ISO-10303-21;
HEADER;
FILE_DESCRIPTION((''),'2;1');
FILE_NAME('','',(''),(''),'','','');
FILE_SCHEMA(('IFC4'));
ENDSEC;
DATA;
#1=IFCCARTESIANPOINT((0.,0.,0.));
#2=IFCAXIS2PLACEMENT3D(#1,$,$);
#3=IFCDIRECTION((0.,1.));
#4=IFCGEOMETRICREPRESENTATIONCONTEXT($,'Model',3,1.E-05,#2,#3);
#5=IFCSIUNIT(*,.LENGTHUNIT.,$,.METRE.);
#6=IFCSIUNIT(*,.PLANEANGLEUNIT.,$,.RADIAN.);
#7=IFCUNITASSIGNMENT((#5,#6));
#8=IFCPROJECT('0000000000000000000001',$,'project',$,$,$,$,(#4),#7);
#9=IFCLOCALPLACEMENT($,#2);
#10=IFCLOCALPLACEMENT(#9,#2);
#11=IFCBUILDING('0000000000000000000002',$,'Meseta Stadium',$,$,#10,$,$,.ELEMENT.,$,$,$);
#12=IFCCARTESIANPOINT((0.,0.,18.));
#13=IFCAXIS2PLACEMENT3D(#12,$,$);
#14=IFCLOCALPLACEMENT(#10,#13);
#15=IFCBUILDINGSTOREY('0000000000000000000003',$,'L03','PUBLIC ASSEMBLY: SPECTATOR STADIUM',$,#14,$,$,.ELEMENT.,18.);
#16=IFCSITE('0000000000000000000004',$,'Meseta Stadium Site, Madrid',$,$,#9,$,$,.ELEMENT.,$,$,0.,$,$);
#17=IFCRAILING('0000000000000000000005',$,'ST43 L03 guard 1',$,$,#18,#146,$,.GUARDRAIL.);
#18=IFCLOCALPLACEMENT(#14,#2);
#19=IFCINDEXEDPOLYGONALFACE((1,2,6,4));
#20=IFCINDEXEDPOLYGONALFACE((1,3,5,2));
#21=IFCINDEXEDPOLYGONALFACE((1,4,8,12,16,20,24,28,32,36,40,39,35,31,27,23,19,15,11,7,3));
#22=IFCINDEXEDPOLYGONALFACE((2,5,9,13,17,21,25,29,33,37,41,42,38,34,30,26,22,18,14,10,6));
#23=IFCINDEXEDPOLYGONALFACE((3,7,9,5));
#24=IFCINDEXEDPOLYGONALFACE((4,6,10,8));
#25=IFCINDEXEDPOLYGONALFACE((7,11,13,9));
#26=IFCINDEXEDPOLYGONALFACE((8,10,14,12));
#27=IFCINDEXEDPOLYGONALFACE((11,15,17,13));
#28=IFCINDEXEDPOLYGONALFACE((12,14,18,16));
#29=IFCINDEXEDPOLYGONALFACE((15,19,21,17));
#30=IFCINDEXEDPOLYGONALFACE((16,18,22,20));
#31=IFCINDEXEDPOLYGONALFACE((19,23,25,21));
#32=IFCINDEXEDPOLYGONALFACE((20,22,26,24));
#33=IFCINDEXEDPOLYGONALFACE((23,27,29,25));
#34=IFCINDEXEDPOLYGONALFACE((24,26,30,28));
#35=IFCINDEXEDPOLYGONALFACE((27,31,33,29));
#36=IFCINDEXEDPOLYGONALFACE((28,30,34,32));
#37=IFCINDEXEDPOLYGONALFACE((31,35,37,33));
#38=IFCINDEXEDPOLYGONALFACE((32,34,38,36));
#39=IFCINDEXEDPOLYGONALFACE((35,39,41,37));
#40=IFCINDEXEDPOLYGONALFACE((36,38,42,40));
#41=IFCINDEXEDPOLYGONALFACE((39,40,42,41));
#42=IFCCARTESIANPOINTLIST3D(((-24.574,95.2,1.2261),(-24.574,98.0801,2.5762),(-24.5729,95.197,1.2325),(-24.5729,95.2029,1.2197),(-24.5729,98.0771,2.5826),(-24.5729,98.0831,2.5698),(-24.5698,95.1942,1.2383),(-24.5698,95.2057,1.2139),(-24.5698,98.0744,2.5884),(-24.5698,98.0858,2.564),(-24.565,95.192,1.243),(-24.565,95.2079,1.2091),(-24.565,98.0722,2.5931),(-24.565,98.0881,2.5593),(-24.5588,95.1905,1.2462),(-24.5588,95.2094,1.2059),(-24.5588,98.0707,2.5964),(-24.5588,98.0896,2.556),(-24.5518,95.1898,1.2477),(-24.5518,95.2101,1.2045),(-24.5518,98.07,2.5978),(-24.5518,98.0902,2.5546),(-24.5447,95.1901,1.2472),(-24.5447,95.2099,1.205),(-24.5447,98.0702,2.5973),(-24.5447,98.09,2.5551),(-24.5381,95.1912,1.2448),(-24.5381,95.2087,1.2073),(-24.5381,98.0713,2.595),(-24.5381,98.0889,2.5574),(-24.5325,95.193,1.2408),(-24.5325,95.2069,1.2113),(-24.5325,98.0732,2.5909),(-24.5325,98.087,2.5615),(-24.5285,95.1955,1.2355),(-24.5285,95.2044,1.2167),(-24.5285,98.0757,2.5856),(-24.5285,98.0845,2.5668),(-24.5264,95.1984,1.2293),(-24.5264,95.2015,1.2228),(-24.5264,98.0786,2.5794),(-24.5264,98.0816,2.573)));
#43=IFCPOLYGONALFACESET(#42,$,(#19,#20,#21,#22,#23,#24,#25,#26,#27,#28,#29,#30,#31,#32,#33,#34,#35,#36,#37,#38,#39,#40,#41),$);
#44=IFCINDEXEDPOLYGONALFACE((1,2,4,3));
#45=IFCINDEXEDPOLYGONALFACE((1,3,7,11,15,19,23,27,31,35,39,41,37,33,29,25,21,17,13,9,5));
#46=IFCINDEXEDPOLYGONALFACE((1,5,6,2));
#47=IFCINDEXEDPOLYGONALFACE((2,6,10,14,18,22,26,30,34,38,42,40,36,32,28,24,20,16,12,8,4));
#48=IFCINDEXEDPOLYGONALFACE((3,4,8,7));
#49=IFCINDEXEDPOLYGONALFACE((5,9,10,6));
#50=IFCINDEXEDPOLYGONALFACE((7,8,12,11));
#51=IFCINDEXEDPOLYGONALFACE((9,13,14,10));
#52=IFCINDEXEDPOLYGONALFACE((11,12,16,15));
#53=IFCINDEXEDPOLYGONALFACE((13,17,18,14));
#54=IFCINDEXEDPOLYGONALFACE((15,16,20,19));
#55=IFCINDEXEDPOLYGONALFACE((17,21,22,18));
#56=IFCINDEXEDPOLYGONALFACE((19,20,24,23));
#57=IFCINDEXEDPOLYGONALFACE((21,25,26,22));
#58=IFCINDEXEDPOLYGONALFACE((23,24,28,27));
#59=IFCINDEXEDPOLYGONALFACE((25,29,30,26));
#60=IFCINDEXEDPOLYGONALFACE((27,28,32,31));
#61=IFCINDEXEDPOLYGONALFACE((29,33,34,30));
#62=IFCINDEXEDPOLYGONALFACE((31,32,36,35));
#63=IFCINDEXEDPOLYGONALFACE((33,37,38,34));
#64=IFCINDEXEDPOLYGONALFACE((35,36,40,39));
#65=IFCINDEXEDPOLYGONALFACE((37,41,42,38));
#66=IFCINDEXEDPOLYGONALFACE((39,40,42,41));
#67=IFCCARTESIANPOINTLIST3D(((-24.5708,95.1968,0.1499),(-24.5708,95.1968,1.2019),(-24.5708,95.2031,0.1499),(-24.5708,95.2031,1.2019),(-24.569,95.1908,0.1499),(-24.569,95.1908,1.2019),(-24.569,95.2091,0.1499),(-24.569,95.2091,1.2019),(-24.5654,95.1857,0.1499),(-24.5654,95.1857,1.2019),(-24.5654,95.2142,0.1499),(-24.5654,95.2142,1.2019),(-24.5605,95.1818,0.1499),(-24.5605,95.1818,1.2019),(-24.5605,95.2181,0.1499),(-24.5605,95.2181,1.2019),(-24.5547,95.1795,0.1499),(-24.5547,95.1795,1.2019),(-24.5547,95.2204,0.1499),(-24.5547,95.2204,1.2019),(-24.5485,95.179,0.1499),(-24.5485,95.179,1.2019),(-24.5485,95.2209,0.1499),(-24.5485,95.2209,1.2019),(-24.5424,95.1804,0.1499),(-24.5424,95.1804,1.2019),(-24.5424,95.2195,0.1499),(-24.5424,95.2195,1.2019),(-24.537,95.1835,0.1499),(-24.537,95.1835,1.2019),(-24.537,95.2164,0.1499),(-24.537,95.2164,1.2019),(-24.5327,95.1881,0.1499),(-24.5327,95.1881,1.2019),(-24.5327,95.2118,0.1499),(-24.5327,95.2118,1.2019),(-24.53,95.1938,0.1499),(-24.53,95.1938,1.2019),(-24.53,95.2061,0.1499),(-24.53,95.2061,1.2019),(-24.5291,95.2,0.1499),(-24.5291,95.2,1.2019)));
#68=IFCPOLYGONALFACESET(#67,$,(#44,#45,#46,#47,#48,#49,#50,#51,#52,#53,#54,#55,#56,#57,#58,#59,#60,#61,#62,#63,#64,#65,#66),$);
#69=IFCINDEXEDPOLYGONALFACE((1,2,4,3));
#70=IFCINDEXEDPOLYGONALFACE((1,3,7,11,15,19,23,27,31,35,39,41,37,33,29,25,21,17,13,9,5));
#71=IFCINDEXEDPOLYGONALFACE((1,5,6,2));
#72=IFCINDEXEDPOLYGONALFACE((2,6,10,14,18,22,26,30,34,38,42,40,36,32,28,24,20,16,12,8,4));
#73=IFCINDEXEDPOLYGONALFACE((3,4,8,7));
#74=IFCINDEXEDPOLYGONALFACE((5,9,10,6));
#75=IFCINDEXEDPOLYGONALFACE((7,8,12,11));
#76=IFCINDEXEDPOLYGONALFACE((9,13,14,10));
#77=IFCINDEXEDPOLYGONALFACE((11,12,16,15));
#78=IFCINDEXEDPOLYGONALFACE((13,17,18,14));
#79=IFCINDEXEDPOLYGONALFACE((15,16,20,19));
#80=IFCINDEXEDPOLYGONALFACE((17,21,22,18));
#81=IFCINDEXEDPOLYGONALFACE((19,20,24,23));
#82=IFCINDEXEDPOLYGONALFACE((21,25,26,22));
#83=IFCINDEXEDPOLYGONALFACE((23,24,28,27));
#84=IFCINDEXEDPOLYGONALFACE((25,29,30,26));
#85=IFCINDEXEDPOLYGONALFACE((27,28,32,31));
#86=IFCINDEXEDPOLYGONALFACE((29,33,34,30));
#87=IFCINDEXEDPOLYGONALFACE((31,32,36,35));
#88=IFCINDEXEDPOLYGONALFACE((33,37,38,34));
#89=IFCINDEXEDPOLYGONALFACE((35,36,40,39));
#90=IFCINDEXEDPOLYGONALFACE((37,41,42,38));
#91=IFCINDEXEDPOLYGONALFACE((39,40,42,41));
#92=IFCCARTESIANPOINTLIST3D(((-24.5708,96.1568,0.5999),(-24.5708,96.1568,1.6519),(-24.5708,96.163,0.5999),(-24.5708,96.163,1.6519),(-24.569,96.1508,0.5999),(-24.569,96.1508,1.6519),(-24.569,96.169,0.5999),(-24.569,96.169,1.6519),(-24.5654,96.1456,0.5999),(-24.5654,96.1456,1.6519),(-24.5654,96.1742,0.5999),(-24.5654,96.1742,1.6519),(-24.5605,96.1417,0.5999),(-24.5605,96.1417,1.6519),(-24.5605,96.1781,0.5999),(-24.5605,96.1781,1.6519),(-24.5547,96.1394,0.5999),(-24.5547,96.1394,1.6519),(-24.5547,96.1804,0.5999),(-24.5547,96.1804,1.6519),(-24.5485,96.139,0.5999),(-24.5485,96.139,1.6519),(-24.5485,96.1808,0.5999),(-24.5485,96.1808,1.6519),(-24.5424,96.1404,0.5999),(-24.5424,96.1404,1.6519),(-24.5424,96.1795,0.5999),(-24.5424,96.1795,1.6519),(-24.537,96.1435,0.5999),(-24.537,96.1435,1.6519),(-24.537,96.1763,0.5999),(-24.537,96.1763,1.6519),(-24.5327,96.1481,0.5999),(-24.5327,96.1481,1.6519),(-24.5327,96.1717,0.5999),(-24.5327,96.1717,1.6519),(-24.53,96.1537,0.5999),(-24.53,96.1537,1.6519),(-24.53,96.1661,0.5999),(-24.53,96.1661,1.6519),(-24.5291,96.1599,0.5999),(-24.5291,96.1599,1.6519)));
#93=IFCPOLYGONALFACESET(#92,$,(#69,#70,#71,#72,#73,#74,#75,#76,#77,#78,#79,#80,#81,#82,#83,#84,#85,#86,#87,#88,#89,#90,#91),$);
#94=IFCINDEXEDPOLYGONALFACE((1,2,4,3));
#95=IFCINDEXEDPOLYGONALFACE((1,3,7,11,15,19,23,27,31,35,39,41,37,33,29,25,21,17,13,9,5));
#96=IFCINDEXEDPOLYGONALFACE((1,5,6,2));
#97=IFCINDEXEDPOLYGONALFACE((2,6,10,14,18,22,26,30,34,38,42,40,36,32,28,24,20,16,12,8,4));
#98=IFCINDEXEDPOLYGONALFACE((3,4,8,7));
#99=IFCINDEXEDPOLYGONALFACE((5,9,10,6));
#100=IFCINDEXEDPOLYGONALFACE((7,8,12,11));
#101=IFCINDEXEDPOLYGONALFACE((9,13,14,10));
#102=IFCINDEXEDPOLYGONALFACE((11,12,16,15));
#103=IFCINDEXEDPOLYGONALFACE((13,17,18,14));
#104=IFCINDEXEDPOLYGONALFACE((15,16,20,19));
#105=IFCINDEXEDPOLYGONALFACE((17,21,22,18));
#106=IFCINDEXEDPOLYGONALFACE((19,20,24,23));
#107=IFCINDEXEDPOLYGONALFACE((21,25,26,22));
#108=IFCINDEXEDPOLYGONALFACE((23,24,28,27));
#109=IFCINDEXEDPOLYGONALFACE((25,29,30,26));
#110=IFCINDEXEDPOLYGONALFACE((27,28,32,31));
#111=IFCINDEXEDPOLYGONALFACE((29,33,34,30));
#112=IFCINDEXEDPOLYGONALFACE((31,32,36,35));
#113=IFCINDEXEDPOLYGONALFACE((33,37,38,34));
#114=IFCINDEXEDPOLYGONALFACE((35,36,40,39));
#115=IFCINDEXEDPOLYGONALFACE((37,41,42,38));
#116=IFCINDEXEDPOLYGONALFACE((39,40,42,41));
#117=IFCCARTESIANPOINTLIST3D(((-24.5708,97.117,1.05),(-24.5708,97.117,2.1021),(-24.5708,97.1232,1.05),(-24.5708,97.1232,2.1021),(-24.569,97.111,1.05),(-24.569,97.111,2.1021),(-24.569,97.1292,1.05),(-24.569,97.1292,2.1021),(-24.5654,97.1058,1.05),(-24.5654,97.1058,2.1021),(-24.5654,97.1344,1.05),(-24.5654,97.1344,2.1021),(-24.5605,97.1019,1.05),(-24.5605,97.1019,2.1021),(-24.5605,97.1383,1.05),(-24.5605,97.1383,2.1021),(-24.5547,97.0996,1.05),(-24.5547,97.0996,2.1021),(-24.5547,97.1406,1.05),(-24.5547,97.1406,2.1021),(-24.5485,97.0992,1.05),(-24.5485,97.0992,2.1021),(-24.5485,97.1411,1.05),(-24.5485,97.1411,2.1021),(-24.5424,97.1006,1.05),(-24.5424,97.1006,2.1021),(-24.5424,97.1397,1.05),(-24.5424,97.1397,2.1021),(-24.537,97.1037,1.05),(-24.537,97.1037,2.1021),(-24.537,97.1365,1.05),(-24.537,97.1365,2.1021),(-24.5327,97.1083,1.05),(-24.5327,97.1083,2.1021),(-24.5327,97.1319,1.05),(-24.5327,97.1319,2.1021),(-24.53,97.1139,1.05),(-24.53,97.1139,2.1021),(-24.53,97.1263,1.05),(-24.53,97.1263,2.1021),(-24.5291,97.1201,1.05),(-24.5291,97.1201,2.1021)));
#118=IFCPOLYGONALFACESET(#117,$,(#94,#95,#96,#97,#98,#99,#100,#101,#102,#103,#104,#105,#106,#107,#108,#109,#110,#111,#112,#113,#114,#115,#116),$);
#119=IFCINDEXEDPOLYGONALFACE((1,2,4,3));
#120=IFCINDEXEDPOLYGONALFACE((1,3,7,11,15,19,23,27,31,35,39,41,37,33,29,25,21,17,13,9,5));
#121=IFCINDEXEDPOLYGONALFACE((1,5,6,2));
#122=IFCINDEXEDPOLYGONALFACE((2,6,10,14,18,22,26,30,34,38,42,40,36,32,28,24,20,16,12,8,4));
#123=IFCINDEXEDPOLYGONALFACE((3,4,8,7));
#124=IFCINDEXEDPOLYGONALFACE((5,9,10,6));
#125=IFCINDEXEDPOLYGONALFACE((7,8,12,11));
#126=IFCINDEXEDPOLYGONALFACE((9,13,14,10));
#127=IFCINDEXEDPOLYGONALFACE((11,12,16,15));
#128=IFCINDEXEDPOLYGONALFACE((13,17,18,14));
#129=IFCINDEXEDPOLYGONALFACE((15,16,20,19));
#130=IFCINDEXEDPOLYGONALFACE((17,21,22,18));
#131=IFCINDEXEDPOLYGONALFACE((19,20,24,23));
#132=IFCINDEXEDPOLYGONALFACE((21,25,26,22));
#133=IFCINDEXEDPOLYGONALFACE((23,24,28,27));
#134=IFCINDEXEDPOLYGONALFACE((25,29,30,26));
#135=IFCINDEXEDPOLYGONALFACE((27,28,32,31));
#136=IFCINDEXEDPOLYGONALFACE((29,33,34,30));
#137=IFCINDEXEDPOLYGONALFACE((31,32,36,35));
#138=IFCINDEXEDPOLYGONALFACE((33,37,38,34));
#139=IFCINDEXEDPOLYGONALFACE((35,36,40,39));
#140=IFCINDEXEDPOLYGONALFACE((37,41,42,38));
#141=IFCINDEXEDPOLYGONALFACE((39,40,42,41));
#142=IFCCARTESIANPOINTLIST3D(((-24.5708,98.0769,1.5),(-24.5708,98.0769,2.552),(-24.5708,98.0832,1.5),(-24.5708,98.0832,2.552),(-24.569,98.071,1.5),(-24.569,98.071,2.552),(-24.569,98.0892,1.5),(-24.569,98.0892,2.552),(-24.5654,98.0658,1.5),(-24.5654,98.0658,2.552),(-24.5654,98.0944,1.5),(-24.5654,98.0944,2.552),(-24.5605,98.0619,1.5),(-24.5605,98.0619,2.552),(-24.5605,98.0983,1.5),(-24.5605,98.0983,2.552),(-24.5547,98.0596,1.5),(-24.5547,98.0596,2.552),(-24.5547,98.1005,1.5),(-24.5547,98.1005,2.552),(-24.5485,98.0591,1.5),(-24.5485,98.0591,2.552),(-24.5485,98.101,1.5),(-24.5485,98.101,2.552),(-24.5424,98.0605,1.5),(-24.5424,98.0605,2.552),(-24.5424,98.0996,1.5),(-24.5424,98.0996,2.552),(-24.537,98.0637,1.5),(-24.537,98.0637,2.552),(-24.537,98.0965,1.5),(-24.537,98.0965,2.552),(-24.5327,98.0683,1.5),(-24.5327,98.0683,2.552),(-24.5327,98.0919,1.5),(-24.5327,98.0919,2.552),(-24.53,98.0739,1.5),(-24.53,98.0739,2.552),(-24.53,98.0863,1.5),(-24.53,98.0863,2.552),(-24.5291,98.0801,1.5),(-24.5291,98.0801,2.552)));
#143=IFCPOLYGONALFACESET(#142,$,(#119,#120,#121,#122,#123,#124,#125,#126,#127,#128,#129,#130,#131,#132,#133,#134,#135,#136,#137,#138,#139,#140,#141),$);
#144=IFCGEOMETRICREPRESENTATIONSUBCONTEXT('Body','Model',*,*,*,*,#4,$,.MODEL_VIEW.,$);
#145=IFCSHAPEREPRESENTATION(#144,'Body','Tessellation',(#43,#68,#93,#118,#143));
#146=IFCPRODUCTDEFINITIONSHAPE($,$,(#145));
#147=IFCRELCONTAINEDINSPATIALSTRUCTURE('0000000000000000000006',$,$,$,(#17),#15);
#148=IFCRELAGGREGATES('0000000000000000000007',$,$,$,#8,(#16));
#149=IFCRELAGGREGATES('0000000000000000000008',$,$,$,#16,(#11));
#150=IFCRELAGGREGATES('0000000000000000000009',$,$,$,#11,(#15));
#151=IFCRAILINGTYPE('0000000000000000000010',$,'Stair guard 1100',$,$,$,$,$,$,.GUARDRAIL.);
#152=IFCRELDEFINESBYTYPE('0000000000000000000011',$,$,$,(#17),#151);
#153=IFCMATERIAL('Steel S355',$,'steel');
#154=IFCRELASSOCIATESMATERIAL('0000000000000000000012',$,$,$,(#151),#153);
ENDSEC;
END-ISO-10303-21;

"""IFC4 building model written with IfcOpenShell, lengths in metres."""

from ifc_helpers import new_model, si_unit, direction, frame, origin, origin_2d, place, context, subcontext, project, spatial, circle, extrude, material, type_object, element, save


model = new_model("IFC4")

# Units and contexts
model_context = context("Model", 3, precision=1e-05, world=origin(), true_north=direction((0.0, 1.0)))
body_context = subcontext(model_context, "Body", "Model", "MODEL_VIEW")
ifc_project = project(units=[si_unit("LENGTHUNIT", "METRE"), si_unit("PLANEANGLEUNIT", "RADIAN")], contexts=[model_context])

# Site, building, storey
site_placement = place(None, origin())
site = spatial("IfcSite", under=ifc_project, at=site_placement, Name="Meseta Stadium Site, Madrid", CompositionType="ELEMENT", RefElevation=0.0)
building_placement = place(site_placement, origin())
building = spatial("IfcBuilding", under=site, at=building_placement, Name="Meseta Stadium", CompositionType="ELEMENT")
storey_placement = place(building_placement, frame((0.0, 0.0, 18.0)))
storey = spatial("IfcBuildingStorey", under=building, at=storey_placement, Name="L03", Description="PUBLIC ASSEMBLY: SPECTATOR STADIUM", CompositionType="ELEMENT", Elevation=18.0)

# Railing
ifc_material_1 = material(Name="Steel S355", Category="steel")
railing_type_1 = type_object("IfcRailingType", Name="Stair guard 1100", PredefinedType="GUARDRAIL", material=ifc_material_1)
railing_1_placement = place(storey_placement, frame((-24.55, 95.2, 0.1499)))
element("IfcRailing", 1, at=railing_1_placement, inside=storey, type_object=railing_type_1, Name="ST43 L03 guard 1", PredefinedType="GUARDRAIL", context=body_context, shape_type="SweptSolid", body=[
    extrude(circle(Radius=0.0239, at=origin_2d()), frame((0.0, 0.0, 1.0762), z_axis=(0.0, 0.905454, 0.424444), x_axis=(-1.0, 0.0, 0.0)), (0.0, 0.0, 1.0), 3.1809),
    extrude(circle(Radius=0.021, at=origin_2d()), origin(), (0.0, 0.0, 1.0), 1.052),
    extrude(circle(Radius=0.021, at=origin_2d()), frame((0.0, 0.96, 0.45)), (0.0, 0.0, 1.0), 1.052),
    extrude(circle(Radius=0.021, at=origin_2d()), frame((0.0, 1.9202, 0.9001)), (0.0, 0.0, 1.0), 1.052),
    extrude(circle(Radius=0.021, at=origin_2d()), frame((0.0, 2.8801, 1.3501)), (0.0, 0.0, 1.0), 1.052),
])

save(model, "model.ifc")
